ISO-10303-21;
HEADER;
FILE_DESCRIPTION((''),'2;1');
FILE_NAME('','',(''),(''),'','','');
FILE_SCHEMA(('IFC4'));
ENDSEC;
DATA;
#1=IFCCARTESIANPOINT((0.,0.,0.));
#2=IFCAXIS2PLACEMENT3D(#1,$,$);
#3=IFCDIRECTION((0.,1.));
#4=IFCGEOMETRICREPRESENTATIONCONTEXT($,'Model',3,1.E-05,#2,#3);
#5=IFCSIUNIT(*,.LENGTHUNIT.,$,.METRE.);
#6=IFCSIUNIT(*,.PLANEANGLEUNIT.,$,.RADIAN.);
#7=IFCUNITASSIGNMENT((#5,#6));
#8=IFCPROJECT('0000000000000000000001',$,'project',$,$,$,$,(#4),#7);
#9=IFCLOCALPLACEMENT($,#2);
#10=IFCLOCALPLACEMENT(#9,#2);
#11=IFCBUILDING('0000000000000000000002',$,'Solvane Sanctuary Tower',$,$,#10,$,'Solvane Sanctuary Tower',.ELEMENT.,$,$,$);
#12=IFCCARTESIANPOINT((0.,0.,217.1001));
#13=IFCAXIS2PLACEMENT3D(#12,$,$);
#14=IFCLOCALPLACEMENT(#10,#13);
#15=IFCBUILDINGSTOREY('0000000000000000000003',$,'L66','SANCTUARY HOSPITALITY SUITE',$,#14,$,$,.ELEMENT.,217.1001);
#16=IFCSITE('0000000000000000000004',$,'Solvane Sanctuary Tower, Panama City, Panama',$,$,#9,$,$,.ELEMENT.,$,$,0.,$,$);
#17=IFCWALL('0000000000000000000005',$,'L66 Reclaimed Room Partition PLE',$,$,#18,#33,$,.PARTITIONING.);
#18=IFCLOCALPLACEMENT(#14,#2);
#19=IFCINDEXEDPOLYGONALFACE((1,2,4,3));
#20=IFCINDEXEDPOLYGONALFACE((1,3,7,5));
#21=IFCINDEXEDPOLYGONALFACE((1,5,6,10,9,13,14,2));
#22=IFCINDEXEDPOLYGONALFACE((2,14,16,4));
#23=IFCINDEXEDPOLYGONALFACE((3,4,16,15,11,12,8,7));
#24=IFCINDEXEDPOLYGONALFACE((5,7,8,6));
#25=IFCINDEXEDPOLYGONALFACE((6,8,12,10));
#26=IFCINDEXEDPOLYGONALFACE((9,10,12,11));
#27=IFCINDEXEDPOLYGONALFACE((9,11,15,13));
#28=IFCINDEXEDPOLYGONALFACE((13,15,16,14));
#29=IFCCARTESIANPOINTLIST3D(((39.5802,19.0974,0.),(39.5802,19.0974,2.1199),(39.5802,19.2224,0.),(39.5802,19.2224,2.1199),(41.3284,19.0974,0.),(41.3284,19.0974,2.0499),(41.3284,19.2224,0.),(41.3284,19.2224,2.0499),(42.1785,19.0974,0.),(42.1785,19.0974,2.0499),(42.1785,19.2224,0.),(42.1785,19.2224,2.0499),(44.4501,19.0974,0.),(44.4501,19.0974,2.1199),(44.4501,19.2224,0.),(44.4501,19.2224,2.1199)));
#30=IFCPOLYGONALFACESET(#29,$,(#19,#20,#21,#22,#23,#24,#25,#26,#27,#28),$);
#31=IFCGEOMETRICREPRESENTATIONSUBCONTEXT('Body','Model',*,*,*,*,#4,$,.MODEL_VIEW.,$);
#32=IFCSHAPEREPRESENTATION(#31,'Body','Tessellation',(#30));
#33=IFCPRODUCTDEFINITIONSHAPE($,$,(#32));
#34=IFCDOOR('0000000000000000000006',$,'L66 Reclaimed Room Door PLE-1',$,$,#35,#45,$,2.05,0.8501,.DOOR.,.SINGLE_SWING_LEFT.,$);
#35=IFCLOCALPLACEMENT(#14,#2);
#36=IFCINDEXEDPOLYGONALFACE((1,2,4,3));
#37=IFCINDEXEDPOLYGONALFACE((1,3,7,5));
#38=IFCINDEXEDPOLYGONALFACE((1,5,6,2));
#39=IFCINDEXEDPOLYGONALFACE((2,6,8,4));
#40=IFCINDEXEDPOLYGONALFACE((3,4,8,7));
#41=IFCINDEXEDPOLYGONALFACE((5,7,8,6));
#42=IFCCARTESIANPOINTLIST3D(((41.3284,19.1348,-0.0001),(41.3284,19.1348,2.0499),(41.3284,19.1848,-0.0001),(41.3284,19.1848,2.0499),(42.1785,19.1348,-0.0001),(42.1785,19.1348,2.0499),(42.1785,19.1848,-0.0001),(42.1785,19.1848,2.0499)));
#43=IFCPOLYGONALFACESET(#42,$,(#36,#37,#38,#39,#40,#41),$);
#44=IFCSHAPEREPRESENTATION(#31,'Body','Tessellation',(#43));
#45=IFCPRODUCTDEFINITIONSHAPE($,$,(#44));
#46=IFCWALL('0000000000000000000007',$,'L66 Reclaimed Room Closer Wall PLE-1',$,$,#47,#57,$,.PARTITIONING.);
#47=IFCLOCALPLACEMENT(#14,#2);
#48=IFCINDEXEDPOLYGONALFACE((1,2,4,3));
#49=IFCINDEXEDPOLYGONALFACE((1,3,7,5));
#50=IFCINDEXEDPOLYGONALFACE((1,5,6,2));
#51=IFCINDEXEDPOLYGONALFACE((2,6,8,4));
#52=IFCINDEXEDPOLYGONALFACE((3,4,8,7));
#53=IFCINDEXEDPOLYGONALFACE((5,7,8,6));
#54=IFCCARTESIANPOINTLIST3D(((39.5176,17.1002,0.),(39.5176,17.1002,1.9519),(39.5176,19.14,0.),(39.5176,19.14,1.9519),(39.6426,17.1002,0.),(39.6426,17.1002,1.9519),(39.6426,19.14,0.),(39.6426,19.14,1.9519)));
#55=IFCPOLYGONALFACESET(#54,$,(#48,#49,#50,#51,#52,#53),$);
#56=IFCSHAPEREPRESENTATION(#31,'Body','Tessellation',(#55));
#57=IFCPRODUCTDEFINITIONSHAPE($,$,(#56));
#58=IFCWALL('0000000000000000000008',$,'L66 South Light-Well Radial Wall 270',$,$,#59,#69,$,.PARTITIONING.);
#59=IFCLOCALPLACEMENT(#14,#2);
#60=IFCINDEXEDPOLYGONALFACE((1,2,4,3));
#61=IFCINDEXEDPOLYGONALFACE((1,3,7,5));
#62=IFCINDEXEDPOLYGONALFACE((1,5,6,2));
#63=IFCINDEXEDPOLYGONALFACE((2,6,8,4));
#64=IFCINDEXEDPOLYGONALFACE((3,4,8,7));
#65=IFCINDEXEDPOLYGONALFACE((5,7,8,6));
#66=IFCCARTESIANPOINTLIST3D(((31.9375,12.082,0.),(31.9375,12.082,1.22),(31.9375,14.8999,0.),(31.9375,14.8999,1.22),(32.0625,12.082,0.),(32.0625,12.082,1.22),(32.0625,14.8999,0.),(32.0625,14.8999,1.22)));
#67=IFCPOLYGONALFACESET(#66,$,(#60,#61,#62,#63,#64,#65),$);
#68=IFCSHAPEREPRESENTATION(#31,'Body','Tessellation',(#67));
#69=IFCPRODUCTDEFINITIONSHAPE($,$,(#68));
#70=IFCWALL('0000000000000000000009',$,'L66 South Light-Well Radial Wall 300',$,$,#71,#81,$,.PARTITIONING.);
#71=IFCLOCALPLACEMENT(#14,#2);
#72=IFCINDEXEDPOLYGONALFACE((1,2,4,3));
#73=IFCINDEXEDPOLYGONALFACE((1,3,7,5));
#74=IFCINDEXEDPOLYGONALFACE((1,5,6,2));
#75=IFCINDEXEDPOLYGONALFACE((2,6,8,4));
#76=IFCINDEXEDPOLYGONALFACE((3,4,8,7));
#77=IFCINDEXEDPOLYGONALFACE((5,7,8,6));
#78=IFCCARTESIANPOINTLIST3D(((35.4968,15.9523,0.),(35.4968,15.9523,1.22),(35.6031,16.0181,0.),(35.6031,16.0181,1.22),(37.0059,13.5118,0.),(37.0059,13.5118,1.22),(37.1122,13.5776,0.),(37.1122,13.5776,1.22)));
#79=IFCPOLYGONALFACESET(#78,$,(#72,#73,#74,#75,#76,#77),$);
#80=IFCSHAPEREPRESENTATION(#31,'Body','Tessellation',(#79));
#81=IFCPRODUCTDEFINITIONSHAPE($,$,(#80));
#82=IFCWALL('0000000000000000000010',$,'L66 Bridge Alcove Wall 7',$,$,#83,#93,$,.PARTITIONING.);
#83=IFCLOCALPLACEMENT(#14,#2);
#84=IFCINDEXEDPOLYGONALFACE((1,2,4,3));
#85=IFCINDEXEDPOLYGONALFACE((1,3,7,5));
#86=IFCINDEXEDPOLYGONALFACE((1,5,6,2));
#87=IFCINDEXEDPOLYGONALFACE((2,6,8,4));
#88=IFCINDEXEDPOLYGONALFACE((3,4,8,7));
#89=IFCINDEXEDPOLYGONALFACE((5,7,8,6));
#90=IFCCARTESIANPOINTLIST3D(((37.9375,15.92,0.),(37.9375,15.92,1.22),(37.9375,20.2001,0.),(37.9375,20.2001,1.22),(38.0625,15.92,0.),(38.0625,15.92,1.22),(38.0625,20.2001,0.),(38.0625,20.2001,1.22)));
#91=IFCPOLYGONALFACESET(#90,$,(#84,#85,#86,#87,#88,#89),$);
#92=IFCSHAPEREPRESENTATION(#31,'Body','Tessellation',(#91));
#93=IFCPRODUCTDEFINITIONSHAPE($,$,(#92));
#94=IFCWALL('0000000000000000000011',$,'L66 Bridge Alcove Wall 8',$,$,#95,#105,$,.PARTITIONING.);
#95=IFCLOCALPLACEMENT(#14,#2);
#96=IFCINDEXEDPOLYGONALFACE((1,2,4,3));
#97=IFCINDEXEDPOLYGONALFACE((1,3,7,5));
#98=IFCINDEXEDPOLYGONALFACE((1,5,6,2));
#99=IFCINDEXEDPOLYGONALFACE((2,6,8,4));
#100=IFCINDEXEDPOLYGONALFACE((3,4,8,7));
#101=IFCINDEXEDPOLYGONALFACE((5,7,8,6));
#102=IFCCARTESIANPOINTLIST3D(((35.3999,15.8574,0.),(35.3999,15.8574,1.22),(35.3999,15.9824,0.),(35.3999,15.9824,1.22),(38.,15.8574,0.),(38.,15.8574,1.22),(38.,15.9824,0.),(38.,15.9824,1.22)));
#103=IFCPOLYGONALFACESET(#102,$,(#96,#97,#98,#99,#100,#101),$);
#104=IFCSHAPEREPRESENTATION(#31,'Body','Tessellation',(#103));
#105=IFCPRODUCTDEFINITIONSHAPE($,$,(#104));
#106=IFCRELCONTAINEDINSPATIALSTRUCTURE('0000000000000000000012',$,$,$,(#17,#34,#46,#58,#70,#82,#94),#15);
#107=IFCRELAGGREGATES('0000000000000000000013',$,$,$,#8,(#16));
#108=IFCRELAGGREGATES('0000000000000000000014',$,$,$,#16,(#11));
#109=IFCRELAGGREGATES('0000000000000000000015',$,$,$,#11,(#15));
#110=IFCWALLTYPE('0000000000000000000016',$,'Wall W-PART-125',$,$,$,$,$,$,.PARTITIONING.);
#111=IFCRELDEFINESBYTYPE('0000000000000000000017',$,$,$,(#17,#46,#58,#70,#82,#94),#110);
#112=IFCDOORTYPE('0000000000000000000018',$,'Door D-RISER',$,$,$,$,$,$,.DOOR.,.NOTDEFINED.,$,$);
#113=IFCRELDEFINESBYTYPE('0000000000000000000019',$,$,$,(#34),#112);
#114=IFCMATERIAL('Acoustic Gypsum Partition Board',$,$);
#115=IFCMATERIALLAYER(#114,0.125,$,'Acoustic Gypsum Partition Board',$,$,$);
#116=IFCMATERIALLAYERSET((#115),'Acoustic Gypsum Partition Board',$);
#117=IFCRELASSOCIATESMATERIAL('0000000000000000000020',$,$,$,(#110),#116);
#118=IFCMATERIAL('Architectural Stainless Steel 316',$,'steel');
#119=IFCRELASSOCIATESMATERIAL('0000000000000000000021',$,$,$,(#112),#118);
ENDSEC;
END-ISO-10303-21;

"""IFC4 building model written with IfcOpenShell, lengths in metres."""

from ifc_helpers import new_model, si_unit, direction, frame, frame_2d, origin, place, context, subcontext, project, spatial, rectangle, extrude, material, layer, layer_set, type_object, element, fill, save


model = new_model("IFC4")

# Units and contexts
model_context = context("Model", 3, precision=1e-05, world=origin(), true_north=direction((0.0, 1.0)))
body_context = subcontext(model_context, "Body", "Model", "MODEL_VIEW")
ifc_project = project(units=[si_unit("LENGTHUNIT", "METRE"), si_unit("PLANEANGLEUNIT", "RADIAN")], contexts=[model_context])

# Site, building, storey
site_placement = place(None, origin())
site = spatial("IfcSite", under=ifc_project, at=site_placement, Name="Solvane Sanctuary Tower, Panama City, Panama", CompositionType="ELEMENT", RefElevation=0.0)
building_placement = place(site_placement, origin())
building = spatial("IfcBuilding", under=site, at=building_placement, Name="Solvane Sanctuary Tower", LongName="Solvane Sanctuary Tower", CompositionType="ELEMENT")
storey_placement = place(building_placement, frame((0.0, 0.0, 217.1001)))
storey = spatial("IfcBuildingStorey", under=building, at=storey_placement, Name="L66", Description="SANCTUARY HOSPITALITY SUITE", CompositionType="ELEMENT", Elevation=217.1001)

# Wall, opening, door
ifc_material_1 = material(Name="Acoustic Gypsum Partition Board")
ifc_layer_1 = layer(ifc_material_1, 0.125, Name="Acoustic Gypsum Partition Board")
ifc_layer_set_1 = layer_set([ifc_layer_1], Name="Acoustic Gypsum Partition Board")
wall_type_1 = type_object("IfcWallType", Name="Wall W-PART-125", PredefinedType="PARTITIONING", material=ifc_layer_set_1)
wall_1_placement = place(storey_placement, frame((39.5801, 19.1599, 0.0), z_axis=(0.0, 0.0, 1.0), x_axis=(1.0, 0.0, 0.0)))
wall_1 = element("IfcWall", 1, at=wall_1_placement, inside=storey, type_object=wall_type_1, Name="L66 Reclaimed Room Partition PLE", PredefinedType="PARTITIONING", context=body_context, shape_type="SweptSolid", body=[
    extrude(rectangle(XDim=4.8699, YDim=0.125, at=frame_2d((2.4351, 0.0))), origin(), (0.0, 0.0, 1.0), 2.1199),
])
opening_placement = place(wall_1_placement, frame((1.7483, 0.0, 0.0)))
opening = element("IfcOpeningElement", 2, at=opening_placement, cuts=wall_1, PredefinedType="OPENING", context=body_context, shape_type="SweptSolid", body=[
    extrude(rectangle(XDim=0.8501, YDim=2.05, at=frame_2d((0.425, 1.0249))), frame((0.0, 0.0725, 0.0), z_axis=(0.0, -1.0, 0.0), x_axis=(1.0, 0.0, 0.0)), (0.0, 0.0, 1.0), 0.145),
])
ifc_material_2 = material(Name="Architectural Stainless Steel 316", Category="steel")
door_type = type_object("IfcDoorType", Name="Door D-RISER", OperationType="NOTDEFINED", PredefinedType="DOOR", material=ifc_material_2)
door_placement = place(opening_placement, origin())
door = element("IfcDoor", 3, at=door_placement, inside=storey, type_object=door_type, Name="L66 Reclaimed Room Door PLE-1", OperationType="SINGLE_SWING_LEFT", OverallHeight=2.05, OverallWidth=0.8501, PredefinedType="DOOR", context=body_context, shape_type="SweptSolid", body=[
    extrude(rectangle(XDim=0.8501, YDim=2.05, at=frame_2d((0.425, 1.0249))), frame((0.0, 0.0249, 0.0), z_axis=(0.0, -1.0, 0.0), x_axis=(1.0, 0.0, 0.0)), (0.0, 0.0, 1.0), 0.05),
])
fill(opening, door)

# Walls
wall_2_placement = place(storey_placement, frame((39.5801, 17.1001, 0.0), z_axis=(0.0, 0.0, 1.0), x_axis=(0.0, 1.0, 0.0)))
element("IfcWall", 4, at=wall_2_placement, inside=storey, type_object=wall_type_1, Name="L66 Reclaimed Room Closer Wall PLE-1", PredefinedType="PARTITIONING", context=body_context, shape_type="SweptSolid", body=[
    extrude(rectangle(XDim=2.0398, YDim=0.125, at=frame_2d((1.02, 0.0))), origin(), (0.0, 0.0, 1.0), 1.9519),
])
wall_3_placement = place(storey_placement, frame((32.0, 14.8999, 0.0), z_axis=(0.0, 0.0, 1.0), x_axis=(0.0, -1.0, 0.0)))
element("IfcWall", 5, at=wall_3_placement, inside=storey, type_object=wall_type_1, Name="L66 South Light-Well Radial Wall 270", PredefinedType="PARTITIONING", context=body_context, shape_type="SweptSolid", body=[
    extrude(rectangle(XDim=2.8179, YDim=0.125, at=frame_2d((1.4089, 0.0))), origin(), (0.0, 0.0, 1.0), 1.22),
])
wall_4_placement = place(storey_placement, frame((35.55, 15.9851, 0.0), z_axis=(0.0, 0.0, 1.0), x_axis=(0.525924, -0.850532, 0.0)))
element("IfcWall", 6, at=wall_4_placement, inside=storey, type_object=wall_type_1, Name="L66 South Light-Well Radial Wall 300", PredefinedType="PARTITIONING", context=body_context, shape_type="SweptSolid", body=[
    extrude(rectangle(XDim=2.8694, YDim=0.125, at=frame_2d((1.4346, 0.0))), origin(), (0.0, 0.0, 1.0), 1.22),
])
wall_5_placement = place(storey_placement, frame((38.0, 15.9199, 0.0), z_axis=(0.0, 0.0, 1.0), x_axis=(0.0, 1.0, 0.0)))
element("IfcWall", 7, at=wall_5_placement, inside=storey, type_object=wall_type_1, Name="L66 Bridge Alcove Wall 7", PredefinedType="PARTITIONING", context=body_context, shape_type="SweptSolid", body=[
    extrude(rectangle(XDim=4.28, YDim=0.125, at=frame_2d((2.1401, 0.0))), origin(), (0.0, 0.0, 1.0), 1.22),
])
wall_6_placement = place(storey_placement, frame((35.3999, 15.9199, 0.0), z_axis=(0.0, 0.0, 1.0), x_axis=(1.0, 0.0, 0.0)))
element("IfcWall", 8, at=wall_6_placement, inside=storey, type_object=wall_type_1, Name="L66 Bridge Alcove Wall 8", PredefinedType="PARTITIONING", context=body_context, shape_type="SweptSolid", body=[
    extrude(rectangle(XDim=2.6001, YDim=0.125, at=frame_2d((1.3, 0.0))), origin(), (0.0, 0.0, 1.0), 1.22),
])

save(model, "model.ifc")
